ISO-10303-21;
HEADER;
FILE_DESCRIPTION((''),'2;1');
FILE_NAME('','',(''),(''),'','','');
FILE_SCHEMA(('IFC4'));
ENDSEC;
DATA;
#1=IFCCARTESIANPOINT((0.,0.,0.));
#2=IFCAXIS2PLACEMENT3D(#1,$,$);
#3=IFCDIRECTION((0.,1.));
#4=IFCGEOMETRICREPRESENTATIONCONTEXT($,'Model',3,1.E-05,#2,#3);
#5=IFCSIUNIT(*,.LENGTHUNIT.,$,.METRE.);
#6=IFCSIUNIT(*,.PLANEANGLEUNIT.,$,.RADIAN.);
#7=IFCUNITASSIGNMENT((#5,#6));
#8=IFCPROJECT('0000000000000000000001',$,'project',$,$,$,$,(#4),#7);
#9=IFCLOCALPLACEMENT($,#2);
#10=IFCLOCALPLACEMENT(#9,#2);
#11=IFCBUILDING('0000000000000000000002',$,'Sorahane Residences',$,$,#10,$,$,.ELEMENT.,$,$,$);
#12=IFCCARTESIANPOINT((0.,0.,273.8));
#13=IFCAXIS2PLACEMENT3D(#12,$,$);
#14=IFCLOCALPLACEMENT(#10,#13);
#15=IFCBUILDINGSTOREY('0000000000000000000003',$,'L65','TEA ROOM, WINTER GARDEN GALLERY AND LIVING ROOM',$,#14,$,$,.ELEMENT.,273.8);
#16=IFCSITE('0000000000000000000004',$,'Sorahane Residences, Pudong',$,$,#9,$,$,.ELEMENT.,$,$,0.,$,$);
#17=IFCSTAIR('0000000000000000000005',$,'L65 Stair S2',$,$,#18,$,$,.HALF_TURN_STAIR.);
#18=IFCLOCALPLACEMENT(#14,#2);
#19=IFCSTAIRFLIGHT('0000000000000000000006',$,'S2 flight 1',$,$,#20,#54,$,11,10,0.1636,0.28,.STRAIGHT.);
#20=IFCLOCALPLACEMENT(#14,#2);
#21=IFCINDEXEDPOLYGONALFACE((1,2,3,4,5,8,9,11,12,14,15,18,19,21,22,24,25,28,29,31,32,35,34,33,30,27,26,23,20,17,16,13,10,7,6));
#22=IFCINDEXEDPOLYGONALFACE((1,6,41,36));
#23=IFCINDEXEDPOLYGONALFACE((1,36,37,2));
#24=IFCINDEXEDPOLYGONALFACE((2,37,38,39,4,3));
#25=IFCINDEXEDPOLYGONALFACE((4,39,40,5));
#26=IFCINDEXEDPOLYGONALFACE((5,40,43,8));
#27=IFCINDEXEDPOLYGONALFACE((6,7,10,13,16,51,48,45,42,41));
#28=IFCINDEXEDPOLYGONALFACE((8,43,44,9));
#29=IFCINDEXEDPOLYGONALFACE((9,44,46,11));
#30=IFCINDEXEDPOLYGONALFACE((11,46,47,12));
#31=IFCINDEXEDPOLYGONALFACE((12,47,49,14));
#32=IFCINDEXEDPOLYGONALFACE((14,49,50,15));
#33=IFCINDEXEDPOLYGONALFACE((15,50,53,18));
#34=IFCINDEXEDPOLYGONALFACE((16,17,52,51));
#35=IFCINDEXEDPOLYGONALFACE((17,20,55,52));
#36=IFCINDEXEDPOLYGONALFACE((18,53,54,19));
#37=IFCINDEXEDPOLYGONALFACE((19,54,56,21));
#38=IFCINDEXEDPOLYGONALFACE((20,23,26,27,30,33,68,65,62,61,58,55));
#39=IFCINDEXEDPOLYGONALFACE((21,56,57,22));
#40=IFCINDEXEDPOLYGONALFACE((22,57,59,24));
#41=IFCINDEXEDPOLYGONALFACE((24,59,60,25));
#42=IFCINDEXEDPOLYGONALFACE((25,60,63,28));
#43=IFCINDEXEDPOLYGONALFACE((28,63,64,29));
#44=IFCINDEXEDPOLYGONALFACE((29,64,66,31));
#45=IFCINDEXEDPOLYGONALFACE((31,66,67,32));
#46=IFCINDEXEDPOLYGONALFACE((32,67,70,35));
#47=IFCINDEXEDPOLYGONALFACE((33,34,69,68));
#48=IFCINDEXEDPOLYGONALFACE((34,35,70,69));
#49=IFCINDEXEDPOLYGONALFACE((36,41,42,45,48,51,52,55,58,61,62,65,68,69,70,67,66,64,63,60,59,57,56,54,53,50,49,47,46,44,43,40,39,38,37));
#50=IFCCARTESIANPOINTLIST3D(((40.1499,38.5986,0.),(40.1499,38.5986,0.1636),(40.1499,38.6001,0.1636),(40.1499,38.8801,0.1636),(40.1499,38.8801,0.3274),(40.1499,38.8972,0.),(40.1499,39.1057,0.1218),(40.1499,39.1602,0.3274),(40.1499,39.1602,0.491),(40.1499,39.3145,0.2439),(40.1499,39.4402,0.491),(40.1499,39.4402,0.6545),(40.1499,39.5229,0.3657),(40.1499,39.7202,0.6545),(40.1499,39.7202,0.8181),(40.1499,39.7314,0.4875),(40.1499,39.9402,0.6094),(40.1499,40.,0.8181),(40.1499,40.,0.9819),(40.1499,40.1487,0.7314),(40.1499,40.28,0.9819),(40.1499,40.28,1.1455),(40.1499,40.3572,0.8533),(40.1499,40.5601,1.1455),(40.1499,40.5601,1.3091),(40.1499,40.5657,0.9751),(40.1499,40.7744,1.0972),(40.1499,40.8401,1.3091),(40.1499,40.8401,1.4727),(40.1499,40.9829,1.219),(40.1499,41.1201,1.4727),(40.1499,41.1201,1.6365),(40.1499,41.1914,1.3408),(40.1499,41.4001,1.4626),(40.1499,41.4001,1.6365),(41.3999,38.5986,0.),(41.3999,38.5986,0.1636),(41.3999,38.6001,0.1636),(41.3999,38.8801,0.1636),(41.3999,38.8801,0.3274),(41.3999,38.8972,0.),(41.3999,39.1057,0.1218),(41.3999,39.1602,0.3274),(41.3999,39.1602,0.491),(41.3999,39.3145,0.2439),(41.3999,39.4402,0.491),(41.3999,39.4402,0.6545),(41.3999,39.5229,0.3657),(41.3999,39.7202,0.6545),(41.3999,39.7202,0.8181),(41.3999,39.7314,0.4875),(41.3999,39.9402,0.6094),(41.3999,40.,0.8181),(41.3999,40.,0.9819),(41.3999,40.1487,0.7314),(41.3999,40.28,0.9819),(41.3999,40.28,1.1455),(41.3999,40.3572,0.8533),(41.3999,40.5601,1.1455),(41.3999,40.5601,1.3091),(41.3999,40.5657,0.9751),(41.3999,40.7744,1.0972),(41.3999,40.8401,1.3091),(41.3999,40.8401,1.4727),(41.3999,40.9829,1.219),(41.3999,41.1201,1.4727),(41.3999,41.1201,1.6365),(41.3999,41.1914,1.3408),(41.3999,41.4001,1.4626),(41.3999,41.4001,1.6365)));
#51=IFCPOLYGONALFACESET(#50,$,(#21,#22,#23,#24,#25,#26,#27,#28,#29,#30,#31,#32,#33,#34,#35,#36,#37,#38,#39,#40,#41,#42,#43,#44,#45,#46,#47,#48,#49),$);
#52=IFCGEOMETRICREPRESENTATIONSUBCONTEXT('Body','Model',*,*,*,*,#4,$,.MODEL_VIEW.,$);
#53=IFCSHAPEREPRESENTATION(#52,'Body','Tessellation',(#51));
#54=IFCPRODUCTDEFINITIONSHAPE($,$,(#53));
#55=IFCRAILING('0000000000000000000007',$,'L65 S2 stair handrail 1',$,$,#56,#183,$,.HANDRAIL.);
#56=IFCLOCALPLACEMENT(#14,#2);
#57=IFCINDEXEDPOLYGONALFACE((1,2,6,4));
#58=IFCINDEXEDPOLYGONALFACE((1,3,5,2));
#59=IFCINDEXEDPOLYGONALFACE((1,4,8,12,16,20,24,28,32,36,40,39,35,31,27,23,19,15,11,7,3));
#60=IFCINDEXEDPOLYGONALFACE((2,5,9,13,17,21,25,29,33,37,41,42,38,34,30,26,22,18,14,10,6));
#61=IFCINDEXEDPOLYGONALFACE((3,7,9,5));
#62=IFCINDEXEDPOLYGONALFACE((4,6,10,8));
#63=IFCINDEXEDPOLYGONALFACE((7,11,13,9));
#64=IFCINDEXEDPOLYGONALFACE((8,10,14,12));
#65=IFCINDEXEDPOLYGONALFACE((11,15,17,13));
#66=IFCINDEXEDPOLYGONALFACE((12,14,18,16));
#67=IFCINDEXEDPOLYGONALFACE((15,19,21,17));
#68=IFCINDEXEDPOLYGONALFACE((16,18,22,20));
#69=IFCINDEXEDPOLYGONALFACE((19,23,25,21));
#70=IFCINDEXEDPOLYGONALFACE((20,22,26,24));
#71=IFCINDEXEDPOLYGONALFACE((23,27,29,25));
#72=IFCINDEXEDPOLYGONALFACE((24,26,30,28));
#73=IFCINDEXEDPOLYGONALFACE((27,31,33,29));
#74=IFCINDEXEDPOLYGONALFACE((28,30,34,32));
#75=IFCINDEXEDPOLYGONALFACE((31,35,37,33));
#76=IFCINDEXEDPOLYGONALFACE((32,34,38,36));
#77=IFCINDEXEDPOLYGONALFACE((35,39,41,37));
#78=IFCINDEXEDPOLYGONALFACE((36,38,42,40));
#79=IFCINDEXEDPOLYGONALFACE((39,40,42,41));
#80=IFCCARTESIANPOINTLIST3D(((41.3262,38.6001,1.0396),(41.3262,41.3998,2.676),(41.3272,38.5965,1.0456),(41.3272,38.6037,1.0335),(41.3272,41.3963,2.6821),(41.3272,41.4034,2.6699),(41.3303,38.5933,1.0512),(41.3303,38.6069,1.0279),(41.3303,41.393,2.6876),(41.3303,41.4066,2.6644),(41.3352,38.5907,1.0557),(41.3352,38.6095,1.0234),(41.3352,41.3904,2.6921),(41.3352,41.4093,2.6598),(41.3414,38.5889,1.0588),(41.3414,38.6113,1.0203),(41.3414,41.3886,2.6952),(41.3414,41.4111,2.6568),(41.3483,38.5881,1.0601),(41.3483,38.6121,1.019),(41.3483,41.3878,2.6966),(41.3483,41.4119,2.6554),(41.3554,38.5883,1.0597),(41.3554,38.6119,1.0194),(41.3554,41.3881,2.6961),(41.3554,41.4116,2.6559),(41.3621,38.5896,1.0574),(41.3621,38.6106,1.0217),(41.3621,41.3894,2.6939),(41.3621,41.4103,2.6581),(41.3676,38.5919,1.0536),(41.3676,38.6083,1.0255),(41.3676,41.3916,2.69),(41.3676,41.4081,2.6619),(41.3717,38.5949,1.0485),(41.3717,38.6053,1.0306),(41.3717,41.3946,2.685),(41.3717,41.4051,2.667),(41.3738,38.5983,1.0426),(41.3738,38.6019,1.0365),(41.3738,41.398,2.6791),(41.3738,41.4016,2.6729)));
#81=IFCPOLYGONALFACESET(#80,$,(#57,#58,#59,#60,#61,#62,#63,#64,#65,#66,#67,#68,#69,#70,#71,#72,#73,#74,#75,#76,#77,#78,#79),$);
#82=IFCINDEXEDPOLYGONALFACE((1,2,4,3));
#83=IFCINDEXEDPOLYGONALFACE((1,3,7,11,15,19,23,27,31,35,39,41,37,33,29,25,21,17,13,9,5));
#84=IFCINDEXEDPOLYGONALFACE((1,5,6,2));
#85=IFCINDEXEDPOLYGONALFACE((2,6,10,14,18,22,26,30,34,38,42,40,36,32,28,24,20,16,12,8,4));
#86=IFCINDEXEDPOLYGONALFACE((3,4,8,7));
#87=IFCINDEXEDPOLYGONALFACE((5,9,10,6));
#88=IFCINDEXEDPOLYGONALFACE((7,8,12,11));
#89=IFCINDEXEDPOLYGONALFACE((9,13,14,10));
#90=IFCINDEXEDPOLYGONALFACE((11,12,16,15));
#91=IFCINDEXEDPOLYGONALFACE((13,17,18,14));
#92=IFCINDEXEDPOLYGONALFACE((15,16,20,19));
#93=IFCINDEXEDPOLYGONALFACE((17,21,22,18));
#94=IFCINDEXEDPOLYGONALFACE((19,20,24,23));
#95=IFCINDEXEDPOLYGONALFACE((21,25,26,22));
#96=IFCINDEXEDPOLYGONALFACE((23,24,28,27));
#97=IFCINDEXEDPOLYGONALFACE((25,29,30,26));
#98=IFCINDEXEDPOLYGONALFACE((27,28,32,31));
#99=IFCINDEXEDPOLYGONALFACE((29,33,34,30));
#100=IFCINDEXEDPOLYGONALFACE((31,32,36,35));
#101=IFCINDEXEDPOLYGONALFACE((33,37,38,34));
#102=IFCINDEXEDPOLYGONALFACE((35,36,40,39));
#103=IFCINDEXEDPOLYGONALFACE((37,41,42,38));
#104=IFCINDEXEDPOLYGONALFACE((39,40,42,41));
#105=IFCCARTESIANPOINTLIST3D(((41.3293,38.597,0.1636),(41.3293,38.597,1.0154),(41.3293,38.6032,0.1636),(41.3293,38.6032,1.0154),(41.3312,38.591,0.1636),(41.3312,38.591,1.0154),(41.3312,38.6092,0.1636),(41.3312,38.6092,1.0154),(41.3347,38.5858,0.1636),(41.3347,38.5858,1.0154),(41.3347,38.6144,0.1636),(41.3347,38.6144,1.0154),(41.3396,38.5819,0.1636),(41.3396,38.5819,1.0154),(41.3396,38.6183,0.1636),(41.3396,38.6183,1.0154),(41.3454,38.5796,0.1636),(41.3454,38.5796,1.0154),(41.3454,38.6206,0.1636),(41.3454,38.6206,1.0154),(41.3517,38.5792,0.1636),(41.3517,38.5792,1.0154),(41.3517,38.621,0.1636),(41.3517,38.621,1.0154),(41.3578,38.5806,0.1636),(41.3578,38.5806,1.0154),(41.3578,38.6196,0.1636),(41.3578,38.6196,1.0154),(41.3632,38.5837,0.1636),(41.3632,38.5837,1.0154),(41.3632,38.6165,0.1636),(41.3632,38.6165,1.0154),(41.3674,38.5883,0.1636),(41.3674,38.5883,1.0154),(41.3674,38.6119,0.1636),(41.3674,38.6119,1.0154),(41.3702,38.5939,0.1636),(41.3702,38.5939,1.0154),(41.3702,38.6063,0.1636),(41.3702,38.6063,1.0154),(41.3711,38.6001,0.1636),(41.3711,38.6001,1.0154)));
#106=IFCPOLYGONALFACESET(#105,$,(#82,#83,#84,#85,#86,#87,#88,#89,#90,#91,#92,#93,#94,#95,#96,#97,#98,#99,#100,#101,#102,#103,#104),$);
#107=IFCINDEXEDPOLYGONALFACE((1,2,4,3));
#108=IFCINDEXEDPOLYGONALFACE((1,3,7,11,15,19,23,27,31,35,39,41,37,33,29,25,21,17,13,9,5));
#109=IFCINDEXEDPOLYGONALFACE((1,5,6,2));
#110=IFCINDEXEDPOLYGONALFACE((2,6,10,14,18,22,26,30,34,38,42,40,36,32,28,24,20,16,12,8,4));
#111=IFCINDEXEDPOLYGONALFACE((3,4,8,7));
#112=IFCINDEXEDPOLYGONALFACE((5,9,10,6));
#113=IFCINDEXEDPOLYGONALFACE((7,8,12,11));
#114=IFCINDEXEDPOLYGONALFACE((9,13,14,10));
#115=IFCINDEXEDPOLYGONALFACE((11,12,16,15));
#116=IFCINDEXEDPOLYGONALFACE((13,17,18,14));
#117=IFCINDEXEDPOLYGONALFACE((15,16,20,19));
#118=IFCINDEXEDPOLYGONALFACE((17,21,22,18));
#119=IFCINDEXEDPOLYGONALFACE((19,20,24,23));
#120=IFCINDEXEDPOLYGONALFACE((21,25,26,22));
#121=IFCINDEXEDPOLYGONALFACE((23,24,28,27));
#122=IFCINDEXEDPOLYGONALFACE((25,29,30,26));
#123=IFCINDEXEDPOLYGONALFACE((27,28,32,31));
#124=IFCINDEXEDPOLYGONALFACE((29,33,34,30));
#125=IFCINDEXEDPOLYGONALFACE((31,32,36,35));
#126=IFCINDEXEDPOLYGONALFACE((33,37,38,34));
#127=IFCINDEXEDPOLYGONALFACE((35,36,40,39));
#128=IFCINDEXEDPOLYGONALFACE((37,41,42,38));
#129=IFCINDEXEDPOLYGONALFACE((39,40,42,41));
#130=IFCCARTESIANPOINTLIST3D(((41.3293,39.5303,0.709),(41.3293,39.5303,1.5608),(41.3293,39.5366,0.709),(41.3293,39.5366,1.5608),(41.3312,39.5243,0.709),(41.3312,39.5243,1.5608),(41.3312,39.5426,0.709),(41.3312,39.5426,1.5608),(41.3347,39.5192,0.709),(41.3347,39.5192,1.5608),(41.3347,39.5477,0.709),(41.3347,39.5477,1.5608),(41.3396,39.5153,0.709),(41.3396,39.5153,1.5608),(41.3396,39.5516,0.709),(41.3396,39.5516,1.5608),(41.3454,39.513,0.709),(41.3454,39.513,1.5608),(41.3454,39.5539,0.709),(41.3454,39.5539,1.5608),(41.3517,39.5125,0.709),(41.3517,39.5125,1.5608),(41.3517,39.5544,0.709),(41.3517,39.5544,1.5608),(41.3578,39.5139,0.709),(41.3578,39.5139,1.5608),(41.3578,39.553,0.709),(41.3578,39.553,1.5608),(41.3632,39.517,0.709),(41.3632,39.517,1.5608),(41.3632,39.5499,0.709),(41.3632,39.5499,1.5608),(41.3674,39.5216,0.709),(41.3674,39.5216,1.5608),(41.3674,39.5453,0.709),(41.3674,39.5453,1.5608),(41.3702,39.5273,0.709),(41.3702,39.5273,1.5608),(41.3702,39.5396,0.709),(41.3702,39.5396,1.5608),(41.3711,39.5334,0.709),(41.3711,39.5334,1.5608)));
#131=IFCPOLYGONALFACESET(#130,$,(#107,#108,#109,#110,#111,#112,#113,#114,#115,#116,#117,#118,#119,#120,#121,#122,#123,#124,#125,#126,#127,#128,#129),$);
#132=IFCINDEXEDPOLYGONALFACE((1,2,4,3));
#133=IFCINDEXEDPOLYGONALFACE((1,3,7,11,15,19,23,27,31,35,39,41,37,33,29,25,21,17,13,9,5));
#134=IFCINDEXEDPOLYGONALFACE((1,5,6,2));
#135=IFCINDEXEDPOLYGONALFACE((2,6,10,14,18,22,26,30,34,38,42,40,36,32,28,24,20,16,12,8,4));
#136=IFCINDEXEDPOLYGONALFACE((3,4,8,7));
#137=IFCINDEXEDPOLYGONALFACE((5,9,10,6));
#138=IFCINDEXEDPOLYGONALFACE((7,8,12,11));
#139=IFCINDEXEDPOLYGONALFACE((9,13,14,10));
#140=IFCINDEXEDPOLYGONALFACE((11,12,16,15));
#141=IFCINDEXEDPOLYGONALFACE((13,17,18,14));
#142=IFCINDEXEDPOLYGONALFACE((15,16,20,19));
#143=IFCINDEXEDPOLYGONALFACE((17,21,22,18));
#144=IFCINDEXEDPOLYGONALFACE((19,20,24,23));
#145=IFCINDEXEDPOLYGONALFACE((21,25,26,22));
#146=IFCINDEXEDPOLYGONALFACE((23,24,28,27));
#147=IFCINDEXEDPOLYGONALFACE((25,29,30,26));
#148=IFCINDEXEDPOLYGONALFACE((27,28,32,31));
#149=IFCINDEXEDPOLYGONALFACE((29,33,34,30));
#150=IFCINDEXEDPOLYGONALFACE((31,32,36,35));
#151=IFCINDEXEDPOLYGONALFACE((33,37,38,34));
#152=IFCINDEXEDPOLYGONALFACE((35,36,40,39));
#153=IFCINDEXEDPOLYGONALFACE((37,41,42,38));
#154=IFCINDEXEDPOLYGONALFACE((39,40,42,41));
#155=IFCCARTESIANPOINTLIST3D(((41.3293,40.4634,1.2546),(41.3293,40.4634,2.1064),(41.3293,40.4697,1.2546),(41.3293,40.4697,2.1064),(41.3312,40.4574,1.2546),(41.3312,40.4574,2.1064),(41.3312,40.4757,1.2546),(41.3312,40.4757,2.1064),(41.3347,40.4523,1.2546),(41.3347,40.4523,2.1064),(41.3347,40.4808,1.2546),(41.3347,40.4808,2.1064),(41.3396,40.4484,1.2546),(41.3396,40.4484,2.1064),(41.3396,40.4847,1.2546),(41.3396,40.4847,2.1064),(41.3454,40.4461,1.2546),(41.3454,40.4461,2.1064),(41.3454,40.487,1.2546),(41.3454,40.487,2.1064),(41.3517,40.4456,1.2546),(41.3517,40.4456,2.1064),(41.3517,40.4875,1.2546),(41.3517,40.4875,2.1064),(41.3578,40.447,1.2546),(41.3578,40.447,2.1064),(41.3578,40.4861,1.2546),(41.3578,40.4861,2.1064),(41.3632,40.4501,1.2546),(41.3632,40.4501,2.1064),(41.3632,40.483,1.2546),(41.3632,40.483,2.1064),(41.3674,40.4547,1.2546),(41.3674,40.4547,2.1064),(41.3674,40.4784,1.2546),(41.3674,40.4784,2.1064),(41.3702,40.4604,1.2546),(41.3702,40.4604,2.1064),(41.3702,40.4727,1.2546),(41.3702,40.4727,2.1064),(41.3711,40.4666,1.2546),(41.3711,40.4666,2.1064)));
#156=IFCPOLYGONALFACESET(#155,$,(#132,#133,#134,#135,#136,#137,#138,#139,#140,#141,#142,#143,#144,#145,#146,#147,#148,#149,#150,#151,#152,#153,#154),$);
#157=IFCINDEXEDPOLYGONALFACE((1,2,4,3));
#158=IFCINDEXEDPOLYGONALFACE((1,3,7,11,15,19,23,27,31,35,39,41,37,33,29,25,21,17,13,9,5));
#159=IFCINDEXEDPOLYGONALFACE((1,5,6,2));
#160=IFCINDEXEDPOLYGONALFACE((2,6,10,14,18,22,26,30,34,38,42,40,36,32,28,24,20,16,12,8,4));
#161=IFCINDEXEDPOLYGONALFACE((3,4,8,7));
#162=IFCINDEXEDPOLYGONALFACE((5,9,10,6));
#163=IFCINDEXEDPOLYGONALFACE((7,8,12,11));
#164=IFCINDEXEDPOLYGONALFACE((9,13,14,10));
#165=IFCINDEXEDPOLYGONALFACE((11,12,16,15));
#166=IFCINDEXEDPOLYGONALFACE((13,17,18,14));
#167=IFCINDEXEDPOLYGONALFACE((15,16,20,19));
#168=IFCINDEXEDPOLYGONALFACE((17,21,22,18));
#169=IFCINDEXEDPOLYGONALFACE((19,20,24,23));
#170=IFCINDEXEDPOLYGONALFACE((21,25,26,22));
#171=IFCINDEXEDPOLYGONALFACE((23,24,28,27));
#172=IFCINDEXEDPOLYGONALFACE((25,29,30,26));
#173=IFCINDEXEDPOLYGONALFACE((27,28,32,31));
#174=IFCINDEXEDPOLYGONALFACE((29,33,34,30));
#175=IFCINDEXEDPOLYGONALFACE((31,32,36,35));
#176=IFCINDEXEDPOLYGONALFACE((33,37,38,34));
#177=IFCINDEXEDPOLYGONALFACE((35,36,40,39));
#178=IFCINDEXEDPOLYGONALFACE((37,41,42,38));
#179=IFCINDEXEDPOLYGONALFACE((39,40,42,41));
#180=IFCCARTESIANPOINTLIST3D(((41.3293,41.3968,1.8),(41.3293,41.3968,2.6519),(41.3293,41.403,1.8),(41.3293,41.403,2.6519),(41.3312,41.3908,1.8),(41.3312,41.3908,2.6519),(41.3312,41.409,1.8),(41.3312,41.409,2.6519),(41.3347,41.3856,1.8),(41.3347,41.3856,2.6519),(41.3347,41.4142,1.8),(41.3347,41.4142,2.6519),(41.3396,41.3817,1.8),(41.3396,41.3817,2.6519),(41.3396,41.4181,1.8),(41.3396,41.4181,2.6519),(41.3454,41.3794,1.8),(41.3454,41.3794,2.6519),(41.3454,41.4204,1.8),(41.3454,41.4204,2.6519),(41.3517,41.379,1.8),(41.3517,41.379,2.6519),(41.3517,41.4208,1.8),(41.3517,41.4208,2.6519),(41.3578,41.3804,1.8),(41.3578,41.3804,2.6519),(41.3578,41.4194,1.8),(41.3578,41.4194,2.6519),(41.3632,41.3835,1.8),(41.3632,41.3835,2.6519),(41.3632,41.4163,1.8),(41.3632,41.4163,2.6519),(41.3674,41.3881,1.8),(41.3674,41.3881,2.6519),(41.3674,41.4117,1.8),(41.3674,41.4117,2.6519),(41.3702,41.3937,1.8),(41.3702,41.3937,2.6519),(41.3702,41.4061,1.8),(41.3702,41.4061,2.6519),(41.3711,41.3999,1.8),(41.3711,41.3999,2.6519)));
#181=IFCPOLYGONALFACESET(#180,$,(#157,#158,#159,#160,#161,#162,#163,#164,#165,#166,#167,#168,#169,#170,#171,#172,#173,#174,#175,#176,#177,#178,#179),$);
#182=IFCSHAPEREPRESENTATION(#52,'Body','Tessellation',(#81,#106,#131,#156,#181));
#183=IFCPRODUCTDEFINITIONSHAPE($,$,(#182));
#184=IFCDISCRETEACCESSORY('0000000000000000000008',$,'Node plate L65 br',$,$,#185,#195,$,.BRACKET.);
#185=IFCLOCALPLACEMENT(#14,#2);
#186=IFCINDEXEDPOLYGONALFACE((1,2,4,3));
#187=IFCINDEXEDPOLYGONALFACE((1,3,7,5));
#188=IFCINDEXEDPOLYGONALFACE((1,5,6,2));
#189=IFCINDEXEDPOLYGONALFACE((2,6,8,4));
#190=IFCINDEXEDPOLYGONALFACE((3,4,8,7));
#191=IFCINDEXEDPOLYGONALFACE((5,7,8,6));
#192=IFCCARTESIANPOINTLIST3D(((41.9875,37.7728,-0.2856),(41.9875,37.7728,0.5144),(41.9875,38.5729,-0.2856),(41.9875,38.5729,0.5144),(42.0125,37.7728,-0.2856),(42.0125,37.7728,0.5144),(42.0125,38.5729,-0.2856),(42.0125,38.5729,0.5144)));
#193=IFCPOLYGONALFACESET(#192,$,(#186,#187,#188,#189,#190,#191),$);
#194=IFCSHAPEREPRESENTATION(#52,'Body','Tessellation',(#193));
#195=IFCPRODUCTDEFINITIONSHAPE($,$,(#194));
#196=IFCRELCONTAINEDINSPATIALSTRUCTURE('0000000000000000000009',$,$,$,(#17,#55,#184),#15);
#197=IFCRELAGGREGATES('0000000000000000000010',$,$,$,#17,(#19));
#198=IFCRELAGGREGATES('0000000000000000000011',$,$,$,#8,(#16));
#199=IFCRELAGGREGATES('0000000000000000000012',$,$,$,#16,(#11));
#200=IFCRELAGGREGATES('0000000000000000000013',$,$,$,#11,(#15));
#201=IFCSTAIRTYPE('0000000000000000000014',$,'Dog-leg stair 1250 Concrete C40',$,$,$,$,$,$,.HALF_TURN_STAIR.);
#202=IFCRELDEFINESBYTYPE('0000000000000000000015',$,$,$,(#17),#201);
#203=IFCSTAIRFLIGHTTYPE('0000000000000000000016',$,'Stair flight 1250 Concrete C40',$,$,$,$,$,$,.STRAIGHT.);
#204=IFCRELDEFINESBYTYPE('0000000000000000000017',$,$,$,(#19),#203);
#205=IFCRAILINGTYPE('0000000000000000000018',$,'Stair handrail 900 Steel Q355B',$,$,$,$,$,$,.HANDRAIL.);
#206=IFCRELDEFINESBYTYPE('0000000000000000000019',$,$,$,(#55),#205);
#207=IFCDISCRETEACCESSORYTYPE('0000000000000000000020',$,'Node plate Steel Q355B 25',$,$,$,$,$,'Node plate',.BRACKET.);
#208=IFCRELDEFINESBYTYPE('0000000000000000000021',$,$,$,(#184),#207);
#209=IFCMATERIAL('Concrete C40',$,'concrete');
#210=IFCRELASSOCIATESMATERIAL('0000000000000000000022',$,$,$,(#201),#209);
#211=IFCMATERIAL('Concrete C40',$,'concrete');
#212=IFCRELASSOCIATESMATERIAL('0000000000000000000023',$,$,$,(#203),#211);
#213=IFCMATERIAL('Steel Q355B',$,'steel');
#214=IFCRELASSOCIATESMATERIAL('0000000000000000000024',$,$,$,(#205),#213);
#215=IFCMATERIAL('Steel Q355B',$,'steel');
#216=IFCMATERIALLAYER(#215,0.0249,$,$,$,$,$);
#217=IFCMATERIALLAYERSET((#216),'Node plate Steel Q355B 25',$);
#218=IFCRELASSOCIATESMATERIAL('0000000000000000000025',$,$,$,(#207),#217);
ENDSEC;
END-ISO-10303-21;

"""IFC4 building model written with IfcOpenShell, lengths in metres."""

from ifc_helpers import new_model, si_unit, direction, frame, origin, origin_2d, place, context, subcontext, project, spatial, polyline, rectangle, circle, outline, extrude, material, layer, layer_set, type_object, element, aggregate, save


model = new_model("IFC4")

# Units and contexts
model_context = context("Model", 3, precision=1e-05, world=origin(), true_north=direction((0.0, 1.0)))
body_context = subcontext(model_context, "Body", "Model", "MODEL_VIEW")
ifc_project = project(units=[si_unit("LENGTHUNIT", "METRE"), si_unit("PLANEANGLEUNIT", "RADIAN")], contexts=[model_context])

# Site, building, storey
site_placement = place(None, origin())
site = spatial("IfcSite", under=ifc_project, at=site_placement, Name="Sorahane Residences, Pudong", CompositionType="ELEMENT", RefElevation=0.0)
building_placement = place(site_placement, origin())
building = spatial("IfcBuilding", under=site, at=building_placement, Name="Sorahane Residences", CompositionType="ELEMENT")
storey_placement = place(building_placement, frame((0.0, 0.0, 273.8)))
storey = spatial("IfcBuildingStorey", under=building, at=storey_placement, Name="L65", Description="TEA ROOM, WINTER GARDEN GALLERY AND LIVING ROOM", CompositionType="ELEMENT", Elevation=273.8)

# Stair, stair flight
ifc_material_1 = material(Name="Concrete C40", Category="concrete")
stair_type = type_object("IfcStairType", Name="Dog-leg stair 1250 Concrete C40", PredefinedType="HALF_TURN_STAIR", material=ifc_material_1)
stair_placement = place(storey_placement, origin())
stair = element("IfcStair", 1, at=stair_placement, inside=storey, type_object=stair_type, Name="L65 Stair S2", PredefinedType="HALF_TURN_STAIR")
ifc_material_2 = material(Name="Concrete C40", Category="concrete")
stair_flight_type = type_object("IfcStairFlightType", Name="Stair flight 1250 Concrete C40", PredefinedType="STRAIGHT", material=ifc_material_2)
stair_flight_placement = place(storey_placement, frame((40.7749, 38.6001, 0.0), z_axis=(0.0, 0.0, 1.0), x_axis=(0.0, 1.0, 0.0)))
stair_flight = element("IfcStairFlight", 2, at=stair_flight_placement, type_object=stair_flight_type, Name="S2 flight 1", NumberOfRisers=11, NumberOfTreads=10, PredefinedType="STRAIGHT", RiserHeight=0.1636, TreadLength=0.28, context=body_context, shape_type="SweptSolid", body=[
    extrude(outline(polyline([(-0.0015, 0.0), (-0.0015, 0.1636), (0.0, 0.1636), (0.28, 0.1636), (0.28, 0.3274), (0.5601, 0.3274), (0.5601, 0.491), (0.8401, 0.491), (0.8401, 0.6545), (1.1201, 0.6545), (1.1201, 0.8181), (1.3999, 0.8181), (1.3999, 0.9819), (1.6799, 0.9819), (1.6799, 1.1455), (1.96, 1.1455), (1.96, 1.3091), (2.24, 1.3091), (2.24, 1.4727), (2.52, 1.4727), (2.52, 1.6365), (2.8, 1.6365), (2.8, 1.8), (2.8, 1.4626), (2.5913, 1.3408), (2.3828, 1.219), (2.1743, 1.0972), (1.9656, 0.9751), (1.7571, 0.8533), (1.5486, 0.7314), (1.3401, 0.6094), (1.1313, 0.4875), (0.9229, 0.3657), (0.7144, 0.2439), (0.5056, 0.1218), (0.2971, 0.0), (-0.0015, 0.0)])), frame((0.0, 0.625, 0.0), z_axis=(0.0, -1.0, 0.0), x_axis=(1.0, 0.0, 0.0)), (0.0, 0.0, 1.0), 1.25),
])
aggregate(stair, [stair_flight])

# Railing
ifc_material_3 = material(Name="Steel Q355B", Category="steel")
railing_type_1 = type_object("IfcRailingType", Name="Stair handrail 900 Steel Q355B", PredefinedType="HANDRAIL", material=ifc_material_3)
railing_1_placement = place(storey_placement, frame((41.3501, 38.6001, 0.1636)))
element("IfcRailing", 3, at=railing_1_placement, inside=storey, type_object=railing_type_1, Name="L65 S2 stair handrail 1", PredefinedType="HANDRAIL", context=body_context, shape_type="SweptSolid", body=[
    extrude(circle(Radius=0.0239, at=origin_2d()), frame((0.0, 0.0, 0.876), z_axis=(0.0, 0.863342, 0.50462), x_axis=(-1.0, 0.0, 0.0)), (0.0, 0.0, 1.0), 3.2429),
    extrude(circle(Radius=0.021, at=origin_2d()), origin(), (0.0, 0.0, 1.0), 0.8518),
    extrude(circle(Radius=0.021, at=origin_2d()), frame((0.0, 0.9333, 0.5454)), (0.0, 0.0, 1.0), 0.8518),
    extrude(circle(Radius=0.021, at=origin_2d()), frame((0.0, 1.8665, 1.0911)), (0.0, 0.0, 1.0), 0.8518),
    extrude(circle(Radius=0.021, at=origin_2d()), frame((0.0, 2.7998, 1.6365)), (0.0, 0.0, 1.0), 0.8518),
])

# Discrete accessory
ifc_material_4 = material(Name="Steel Q355B", Category="steel")
ifc_layer_1 = layer(ifc_material_4, 0.0249)
ifc_layer_set_1 = layer_set([ifc_layer_1], Name="Node plate Steel Q355B 25")
discrete_accessory_type = type_object("IfcDiscreteAccessoryType", Name="Node plate Steel Q355B 25", ElementType="Node plate", PredefinedType="BRACKET", material=ifc_layer_set_1)
for number, where, z_axis, x_axis, name in (
    (4, (42.0, 38.1729, -0.2856), (0.0, 0.0, 1.0), (0.0, 1.0, 0.0), "Node plate L65 br"),
):
    element("IfcDiscreteAccessory", number, at=place(storey_placement, frame(where, z_axis=z_axis, x_axis=x_axis)), inside=storey, type_object=discrete_accessory_type, Name=name, PredefinedType="BRACKET", context=body_context, shape_type="SweptSolid", body=[
        extrude(rectangle(XDim=0.8, YDim=0.0249, at=origin_2d()), origin(), (0.0, 0.0, 1.0), 0.8),
    ])

save(model, "model.ifc")
